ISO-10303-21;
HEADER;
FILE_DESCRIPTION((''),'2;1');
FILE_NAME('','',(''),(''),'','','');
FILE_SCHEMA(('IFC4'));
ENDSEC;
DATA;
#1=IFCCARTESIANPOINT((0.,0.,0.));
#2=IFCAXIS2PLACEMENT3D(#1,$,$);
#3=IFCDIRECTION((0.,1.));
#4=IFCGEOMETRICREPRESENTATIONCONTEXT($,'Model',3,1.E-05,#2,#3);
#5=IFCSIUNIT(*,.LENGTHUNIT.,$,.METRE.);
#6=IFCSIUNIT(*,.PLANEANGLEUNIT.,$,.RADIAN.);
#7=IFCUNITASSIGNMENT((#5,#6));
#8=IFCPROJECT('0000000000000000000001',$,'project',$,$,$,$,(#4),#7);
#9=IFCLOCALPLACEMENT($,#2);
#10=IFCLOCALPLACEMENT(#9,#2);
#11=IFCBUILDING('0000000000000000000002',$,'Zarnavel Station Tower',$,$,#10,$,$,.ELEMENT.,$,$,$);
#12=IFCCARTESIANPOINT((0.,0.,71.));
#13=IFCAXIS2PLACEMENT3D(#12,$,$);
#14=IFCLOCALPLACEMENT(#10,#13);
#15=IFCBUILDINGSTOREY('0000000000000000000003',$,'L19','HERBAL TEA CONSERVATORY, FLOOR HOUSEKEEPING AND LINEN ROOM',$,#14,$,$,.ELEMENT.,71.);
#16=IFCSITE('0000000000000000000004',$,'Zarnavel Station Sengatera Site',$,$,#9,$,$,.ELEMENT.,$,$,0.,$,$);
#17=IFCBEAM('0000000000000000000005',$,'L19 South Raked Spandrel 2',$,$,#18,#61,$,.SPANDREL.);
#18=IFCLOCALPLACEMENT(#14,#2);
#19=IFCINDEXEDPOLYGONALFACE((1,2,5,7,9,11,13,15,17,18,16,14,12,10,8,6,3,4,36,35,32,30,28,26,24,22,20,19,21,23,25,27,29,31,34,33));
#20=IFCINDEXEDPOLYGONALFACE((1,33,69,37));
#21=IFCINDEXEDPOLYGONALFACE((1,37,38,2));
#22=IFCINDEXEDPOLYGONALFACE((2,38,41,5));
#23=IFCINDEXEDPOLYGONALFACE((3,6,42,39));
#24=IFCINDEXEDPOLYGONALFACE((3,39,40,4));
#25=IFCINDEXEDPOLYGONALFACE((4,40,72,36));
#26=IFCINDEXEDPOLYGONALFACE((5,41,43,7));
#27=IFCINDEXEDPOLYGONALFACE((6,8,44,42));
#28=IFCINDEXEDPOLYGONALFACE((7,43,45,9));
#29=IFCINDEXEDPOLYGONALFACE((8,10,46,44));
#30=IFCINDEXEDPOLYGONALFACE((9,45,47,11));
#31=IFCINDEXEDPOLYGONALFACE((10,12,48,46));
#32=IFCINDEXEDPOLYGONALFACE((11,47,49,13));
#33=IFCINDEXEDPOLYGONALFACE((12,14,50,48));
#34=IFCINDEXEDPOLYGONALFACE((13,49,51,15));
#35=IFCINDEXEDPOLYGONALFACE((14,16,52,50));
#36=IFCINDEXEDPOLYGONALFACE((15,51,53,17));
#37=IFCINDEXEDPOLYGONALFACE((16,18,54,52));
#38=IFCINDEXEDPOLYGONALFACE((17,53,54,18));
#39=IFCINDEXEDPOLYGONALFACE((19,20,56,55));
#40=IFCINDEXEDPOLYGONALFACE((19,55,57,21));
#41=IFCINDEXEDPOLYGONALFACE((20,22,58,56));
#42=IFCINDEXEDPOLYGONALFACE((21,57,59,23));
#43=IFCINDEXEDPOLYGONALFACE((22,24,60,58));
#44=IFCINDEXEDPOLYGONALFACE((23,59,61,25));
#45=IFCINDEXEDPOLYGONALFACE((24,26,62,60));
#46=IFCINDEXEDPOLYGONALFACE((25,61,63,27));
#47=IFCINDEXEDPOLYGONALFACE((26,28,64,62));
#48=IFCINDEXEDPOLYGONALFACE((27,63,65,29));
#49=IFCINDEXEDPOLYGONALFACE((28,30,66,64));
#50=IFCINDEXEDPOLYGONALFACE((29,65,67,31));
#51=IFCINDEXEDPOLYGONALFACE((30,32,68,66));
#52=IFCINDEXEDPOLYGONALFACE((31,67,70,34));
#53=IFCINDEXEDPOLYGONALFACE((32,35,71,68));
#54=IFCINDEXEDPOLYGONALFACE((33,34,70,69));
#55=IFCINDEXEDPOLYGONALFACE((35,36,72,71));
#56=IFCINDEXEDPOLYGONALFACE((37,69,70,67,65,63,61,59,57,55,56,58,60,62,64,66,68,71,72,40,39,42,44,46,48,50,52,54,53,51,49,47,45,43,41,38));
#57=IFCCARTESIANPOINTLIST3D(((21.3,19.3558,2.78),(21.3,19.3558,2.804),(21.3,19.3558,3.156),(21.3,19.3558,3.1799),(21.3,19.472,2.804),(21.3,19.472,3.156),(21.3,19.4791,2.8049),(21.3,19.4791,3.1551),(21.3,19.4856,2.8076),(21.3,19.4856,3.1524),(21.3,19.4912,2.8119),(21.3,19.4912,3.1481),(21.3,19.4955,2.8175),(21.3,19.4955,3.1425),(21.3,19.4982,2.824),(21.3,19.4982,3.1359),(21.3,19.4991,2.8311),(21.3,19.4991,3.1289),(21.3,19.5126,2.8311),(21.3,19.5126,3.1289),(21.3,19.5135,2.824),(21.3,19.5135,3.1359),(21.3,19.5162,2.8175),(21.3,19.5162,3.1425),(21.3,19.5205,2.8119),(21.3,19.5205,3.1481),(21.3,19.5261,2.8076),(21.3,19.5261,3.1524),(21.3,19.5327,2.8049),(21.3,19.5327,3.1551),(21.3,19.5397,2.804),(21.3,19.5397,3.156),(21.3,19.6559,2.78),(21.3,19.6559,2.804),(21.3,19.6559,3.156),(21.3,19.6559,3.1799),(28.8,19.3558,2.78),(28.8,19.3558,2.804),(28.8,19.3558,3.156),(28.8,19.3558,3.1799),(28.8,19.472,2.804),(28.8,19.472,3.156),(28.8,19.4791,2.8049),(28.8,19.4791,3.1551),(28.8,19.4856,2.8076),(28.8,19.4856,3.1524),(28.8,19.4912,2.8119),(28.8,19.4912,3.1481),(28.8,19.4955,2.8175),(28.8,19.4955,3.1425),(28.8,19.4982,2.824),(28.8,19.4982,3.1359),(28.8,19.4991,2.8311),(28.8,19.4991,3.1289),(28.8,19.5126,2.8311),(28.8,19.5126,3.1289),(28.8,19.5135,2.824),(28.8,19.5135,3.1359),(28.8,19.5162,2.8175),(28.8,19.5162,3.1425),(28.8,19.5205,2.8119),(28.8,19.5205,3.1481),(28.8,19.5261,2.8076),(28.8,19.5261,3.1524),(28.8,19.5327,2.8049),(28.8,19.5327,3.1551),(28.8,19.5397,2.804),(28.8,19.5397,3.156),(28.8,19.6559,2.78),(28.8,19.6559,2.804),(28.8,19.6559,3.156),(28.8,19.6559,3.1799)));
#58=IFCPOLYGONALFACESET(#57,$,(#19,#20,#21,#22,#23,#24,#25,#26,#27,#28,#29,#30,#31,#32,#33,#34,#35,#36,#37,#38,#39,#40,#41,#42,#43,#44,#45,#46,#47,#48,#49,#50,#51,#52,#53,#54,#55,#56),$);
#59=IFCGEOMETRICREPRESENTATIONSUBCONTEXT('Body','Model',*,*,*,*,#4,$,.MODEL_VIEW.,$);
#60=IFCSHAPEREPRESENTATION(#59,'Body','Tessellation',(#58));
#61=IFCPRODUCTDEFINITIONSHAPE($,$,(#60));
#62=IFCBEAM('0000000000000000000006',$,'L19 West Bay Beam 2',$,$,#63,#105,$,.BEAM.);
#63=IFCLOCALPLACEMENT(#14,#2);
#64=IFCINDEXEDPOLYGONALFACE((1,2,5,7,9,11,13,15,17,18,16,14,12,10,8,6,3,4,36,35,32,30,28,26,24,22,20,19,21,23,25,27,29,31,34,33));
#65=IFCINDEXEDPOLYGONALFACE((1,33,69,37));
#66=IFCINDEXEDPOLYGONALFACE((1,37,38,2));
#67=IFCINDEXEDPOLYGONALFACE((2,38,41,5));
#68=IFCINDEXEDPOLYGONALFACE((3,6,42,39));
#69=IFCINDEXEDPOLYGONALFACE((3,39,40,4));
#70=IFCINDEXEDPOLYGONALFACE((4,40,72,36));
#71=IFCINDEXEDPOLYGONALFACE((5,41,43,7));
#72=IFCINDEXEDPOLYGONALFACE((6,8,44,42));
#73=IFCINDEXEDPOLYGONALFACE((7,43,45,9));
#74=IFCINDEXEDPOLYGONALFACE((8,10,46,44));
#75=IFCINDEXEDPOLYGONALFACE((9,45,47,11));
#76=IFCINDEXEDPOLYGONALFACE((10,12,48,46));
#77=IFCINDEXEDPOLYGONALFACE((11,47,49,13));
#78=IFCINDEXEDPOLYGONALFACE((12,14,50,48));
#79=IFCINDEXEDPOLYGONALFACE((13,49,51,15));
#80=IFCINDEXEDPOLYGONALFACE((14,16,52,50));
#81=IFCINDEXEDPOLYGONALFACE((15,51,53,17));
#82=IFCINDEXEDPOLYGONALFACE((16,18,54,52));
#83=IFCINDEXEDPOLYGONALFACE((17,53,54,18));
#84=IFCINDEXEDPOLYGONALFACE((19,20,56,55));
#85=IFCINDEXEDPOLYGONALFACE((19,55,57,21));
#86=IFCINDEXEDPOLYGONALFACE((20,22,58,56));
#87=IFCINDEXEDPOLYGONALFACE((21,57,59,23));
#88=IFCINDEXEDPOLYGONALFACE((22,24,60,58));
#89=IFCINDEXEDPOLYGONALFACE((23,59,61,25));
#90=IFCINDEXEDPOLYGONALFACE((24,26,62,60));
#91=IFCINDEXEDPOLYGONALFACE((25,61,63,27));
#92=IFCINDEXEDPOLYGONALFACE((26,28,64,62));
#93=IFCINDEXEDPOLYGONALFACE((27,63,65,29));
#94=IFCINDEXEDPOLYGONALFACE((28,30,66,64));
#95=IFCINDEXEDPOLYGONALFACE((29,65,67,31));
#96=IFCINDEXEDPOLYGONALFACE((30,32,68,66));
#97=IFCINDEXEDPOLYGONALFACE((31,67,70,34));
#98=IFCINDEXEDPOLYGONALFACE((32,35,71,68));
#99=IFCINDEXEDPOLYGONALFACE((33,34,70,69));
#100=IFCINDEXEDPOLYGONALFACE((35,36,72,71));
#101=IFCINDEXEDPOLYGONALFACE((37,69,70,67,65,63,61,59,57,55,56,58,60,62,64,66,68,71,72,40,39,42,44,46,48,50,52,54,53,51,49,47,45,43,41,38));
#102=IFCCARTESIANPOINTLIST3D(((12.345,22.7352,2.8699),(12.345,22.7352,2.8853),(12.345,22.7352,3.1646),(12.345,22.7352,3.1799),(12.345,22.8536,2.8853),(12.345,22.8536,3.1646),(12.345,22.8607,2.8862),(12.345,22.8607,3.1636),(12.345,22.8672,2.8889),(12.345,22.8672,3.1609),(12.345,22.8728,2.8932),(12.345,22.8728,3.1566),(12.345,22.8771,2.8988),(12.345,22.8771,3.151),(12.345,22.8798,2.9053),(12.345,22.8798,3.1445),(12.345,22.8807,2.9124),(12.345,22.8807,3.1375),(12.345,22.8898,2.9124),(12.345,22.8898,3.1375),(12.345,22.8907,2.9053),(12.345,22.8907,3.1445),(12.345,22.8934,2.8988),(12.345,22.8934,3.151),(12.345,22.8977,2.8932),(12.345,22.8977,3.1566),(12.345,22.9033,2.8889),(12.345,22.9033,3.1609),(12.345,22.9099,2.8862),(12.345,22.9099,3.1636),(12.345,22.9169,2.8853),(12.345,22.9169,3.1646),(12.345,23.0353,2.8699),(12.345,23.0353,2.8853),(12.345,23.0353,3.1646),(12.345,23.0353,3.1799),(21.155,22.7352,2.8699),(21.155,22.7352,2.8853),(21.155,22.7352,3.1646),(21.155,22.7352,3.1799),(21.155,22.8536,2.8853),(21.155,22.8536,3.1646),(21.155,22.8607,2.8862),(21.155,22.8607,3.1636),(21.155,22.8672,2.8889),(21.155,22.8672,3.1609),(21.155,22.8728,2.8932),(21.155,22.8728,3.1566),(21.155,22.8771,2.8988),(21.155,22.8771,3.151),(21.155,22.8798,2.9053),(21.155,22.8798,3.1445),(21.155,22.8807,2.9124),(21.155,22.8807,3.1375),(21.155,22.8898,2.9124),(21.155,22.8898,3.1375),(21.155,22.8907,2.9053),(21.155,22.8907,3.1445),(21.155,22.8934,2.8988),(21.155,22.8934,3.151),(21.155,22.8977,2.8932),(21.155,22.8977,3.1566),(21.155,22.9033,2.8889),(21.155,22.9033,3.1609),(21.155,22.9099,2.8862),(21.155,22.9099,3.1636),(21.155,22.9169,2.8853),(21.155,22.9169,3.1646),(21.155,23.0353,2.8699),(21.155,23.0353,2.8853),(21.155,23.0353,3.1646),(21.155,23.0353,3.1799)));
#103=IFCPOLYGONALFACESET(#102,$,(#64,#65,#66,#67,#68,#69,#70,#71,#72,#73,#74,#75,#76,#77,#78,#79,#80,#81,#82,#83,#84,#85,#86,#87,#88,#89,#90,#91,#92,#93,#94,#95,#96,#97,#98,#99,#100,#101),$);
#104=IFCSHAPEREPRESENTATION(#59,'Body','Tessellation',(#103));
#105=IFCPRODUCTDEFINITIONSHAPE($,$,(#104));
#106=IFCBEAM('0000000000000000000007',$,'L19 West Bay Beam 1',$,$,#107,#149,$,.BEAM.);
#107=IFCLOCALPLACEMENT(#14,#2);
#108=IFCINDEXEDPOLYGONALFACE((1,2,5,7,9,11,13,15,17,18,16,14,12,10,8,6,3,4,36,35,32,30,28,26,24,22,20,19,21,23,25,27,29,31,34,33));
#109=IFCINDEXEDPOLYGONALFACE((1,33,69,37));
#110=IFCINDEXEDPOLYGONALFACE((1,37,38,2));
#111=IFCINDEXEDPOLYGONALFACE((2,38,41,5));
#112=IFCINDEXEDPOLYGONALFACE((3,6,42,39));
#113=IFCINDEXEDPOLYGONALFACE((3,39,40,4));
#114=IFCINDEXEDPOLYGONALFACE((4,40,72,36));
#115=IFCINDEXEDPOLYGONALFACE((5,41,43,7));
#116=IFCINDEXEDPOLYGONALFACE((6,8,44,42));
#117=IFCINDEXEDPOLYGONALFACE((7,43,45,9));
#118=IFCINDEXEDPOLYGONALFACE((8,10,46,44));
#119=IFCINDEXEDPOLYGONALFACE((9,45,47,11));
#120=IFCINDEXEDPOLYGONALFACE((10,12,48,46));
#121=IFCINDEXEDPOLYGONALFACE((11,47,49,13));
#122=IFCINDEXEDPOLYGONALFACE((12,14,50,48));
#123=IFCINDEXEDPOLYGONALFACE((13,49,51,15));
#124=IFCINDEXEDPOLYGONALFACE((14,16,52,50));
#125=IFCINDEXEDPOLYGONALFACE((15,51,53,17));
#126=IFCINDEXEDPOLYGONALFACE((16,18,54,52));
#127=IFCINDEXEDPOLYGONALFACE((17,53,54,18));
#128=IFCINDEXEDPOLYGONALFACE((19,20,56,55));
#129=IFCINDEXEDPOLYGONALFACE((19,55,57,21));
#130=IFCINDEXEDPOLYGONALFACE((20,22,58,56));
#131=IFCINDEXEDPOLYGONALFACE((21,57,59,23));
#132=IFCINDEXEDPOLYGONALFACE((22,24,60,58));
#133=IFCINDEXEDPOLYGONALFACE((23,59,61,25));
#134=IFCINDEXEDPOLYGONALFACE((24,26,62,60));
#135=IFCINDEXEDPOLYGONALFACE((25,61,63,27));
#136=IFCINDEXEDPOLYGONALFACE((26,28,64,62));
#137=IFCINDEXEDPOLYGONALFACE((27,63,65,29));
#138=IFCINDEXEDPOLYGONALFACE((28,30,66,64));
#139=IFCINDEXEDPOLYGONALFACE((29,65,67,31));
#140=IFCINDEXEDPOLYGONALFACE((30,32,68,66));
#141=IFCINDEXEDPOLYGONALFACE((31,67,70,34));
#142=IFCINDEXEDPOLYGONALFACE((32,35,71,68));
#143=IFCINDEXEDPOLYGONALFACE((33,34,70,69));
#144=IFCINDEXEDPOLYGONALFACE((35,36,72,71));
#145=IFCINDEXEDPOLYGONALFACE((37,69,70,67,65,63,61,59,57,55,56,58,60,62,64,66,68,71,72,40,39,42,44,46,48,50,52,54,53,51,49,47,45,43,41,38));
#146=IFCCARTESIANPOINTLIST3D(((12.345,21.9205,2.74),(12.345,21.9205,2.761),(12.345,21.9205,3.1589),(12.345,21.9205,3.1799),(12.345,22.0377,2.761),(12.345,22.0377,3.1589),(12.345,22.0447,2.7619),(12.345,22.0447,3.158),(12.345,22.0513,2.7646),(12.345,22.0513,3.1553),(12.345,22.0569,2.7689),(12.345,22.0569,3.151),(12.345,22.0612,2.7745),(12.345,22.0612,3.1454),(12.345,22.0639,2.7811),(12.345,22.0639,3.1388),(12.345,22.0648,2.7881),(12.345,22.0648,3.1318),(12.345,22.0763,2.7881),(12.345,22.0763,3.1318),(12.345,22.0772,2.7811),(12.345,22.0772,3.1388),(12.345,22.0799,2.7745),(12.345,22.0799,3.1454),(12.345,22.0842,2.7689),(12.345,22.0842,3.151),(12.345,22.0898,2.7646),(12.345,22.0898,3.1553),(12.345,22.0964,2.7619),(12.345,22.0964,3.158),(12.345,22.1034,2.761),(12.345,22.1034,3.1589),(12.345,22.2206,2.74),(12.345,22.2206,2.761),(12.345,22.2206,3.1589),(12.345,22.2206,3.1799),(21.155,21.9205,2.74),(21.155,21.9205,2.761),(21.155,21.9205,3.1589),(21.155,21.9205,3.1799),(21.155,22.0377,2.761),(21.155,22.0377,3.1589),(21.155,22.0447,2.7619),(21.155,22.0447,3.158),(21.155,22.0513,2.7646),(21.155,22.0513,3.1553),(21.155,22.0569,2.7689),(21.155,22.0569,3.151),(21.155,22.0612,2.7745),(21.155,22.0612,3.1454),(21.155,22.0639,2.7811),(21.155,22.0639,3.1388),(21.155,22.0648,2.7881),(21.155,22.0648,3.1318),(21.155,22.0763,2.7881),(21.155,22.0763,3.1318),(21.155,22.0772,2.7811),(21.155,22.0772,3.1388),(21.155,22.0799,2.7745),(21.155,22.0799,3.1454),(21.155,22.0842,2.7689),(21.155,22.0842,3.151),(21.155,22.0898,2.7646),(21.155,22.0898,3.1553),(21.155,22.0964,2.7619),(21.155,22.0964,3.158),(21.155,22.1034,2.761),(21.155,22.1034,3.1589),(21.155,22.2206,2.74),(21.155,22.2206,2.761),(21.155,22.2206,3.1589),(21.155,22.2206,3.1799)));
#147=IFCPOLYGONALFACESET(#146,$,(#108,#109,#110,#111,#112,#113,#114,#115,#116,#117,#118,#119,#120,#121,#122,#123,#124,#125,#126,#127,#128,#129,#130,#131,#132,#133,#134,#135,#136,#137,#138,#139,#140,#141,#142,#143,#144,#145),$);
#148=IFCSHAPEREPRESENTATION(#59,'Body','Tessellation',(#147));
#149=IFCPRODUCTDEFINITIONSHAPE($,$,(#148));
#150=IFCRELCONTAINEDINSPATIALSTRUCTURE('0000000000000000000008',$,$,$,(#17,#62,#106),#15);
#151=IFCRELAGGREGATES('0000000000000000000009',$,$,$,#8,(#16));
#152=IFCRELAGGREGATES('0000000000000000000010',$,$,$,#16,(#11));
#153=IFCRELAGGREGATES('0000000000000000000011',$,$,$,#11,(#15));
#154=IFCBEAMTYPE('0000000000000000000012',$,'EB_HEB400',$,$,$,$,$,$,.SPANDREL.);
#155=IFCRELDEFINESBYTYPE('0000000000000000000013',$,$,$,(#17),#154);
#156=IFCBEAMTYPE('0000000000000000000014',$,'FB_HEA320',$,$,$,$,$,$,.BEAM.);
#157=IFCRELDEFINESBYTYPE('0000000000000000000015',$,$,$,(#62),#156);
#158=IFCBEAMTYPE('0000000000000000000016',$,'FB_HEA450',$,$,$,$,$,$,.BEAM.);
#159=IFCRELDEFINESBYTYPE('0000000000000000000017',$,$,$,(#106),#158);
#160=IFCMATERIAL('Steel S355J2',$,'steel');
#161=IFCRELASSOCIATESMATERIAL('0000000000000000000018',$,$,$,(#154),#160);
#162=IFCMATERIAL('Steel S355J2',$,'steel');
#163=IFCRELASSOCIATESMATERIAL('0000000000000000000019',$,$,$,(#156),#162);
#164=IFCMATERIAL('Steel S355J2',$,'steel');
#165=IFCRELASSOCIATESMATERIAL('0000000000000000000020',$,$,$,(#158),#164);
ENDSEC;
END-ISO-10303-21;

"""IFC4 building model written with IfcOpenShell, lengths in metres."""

from ifc_helpers import new_model, si_unit, direction, frame, origin, origin_2d, place, context, subcontext, project, spatial, i_section, extrude, material, material_profile, profile_set, type_object, element, save


model = new_model("IFC4")

# Units and contexts
model_context = context("Model", 3, precision=1e-05, world=origin(), true_north=direction((0.0, 1.0)))
body_context = subcontext(model_context, "Body", "Model", "MODEL_VIEW")
ifc_project = project(units=[si_unit("LENGTHUNIT", "METRE"), si_unit("PLANEANGLEUNIT", "RADIAN")], contexts=[model_context])

# Site, building, storey
site_placement = place(None, origin())
site = spatial("IfcSite", under=ifc_project, at=site_placement, Name="Zarnavel Station Sengatera Site", CompositionType="ELEMENT", RefElevation=0.0)
building_placement = place(site_placement, origin())
building = spatial("IfcBuilding", under=site, at=building_placement, Name="Zarnavel Station Tower", CompositionType="ELEMENT")
storey_placement = place(building_placement, frame((0.0, 0.0, 71.0)))
storey = spatial("IfcBuildingStorey", under=building, at=storey_placement, Name="L19", Description="HERBAL TEA CONSERVATORY, FLOOR HOUSEKEEPING AND LINEN ROOM", CompositionType="ELEMENT", Elevation=71.0)

# Beams
ifc_material_1 = material(Name="Steel S355J2", Category="steel")
ifc_material_profile_1 = material_profile(ifc_material_1, i_section(OverallWidth=0.3, OverallDepth=0.3999, WebThickness=0.0134, FlangeThickness=0.0239, FilletRadius=0.0271, at=origin_2d()), Name="HEB400")
ifc_profile_set_1 = profile_set([ifc_material_profile_1], Name="Steel S355J2")
beam_type_1 = type_object("IfcBeamType", Name="EB_HEB400", PredefinedType="SPANDREL", material=ifc_profile_set_1)
beam_1_placement = place(storey_placement, frame((21.3, 19.5059, 2.98), z_axis=(1.0, 0.0, 0.0), x_axis=(0.0, 1.0, 0.0)))
element("IfcBeam", 1, at=beam_1_placement, inside=storey, type_object=beam_type_1, Name="L19 South Raked Spandrel 2", PredefinedType="SPANDREL", context=body_context, shape_type="SweptSolid", body=[
    extrude(i_section(OverallWidth=0.3, OverallDepth=0.3999, WebThickness=0.0134, FlangeThickness=0.0239, FilletRadius=0.0271, at=origin_2d()), origin(), (0.0, 0.0, 1.0), 7.5),
])
ifc_material_2 = material(Name="Steel S355J2", Category="steel")
ifc_material_profile_2 = material_profile(ifc_material_2, i_section(OverallWidth=0.3, OverallDepth=0.3101, WebThickness=0.009, FlangeThickness=0.0154, FilletRadius=0.0271, at=origin_2d()), Name="HEA320")
ifc_profile_set_2 = profile_set([ifc_material_profile_2], Name="Steel S355J2")
beam_type_2 = type_object("IfcBeamType", Name="FB_HEA320", PredefinedType="BEAM", material=ifc_profile_set_2)
beam_2_placement = place(storey_placement, frame((12.345, 22.8853, 3.0249), z_axis=(1.0, 0.0, 0.0), x_axis=(0.0, 1.0, 0.0)))
element("IfcBeam", 2, at=beam_2_placement, inside=storey, type_object=beam_type_2, Name="L19 West Bay Beam 2", PredefinedType="BEAM", context=body_context, shape_type="SweptSolid", body=[
    extrude(i_section(OverallWidth=0.3, OverallDepth=0.3101, WebThickness=0.009, FlangeThickness=0.0154, FilletRadius=0.0271, at=origin_2d()), origin(), (0.0, 0.0, 1.0), 8.8101),
])
ifc_material_3 = material(Name="Steel S355J2", Category="steel")
ifc_material_profile_3 = material_profile(ifc_material_3, i_section(OverallWidth=0.3, OverallDepth=0.4399, WebThickness=0.0115, FlangeThickness=0.021, FilletRadius=0.0271, at=origin_2d()), Name="HEA450")
ifc_profile_set_3 = profile_set([ifc_material_profile_3], Name="Steel S355J2")
beam_type_3 = type_object("IfcBeamType", Name="FB_HEA450", PredefinedType="BEAM", material=ifc_profile_set_3)
beam_3_placement = place(storey_placement, frame((12.345, 22.0706, 2.96), z_axis=(1.0, 0.0, 0.0), x_axis=(0.0, 1.0, 0.0)))
element("IfcBeam", 3, at=beam_3_placement, inside=storey, type_object=beam_type_3, Name="L19 West Bay Beam 1", PredefinedType="BEAM", context=body_context, shape_type="SweptSolid", body=[
    extrude(i_section(OverallWidth=0.3, OverallDepth=0.4399, WebThickness=0.0115, FlangeThickness=0.021, FilletRadius=0.0271, at=origin_2d()), origin(), (0.0, 0.0, 1.0), 8.8101),
])

save(model, "model.ifc")
